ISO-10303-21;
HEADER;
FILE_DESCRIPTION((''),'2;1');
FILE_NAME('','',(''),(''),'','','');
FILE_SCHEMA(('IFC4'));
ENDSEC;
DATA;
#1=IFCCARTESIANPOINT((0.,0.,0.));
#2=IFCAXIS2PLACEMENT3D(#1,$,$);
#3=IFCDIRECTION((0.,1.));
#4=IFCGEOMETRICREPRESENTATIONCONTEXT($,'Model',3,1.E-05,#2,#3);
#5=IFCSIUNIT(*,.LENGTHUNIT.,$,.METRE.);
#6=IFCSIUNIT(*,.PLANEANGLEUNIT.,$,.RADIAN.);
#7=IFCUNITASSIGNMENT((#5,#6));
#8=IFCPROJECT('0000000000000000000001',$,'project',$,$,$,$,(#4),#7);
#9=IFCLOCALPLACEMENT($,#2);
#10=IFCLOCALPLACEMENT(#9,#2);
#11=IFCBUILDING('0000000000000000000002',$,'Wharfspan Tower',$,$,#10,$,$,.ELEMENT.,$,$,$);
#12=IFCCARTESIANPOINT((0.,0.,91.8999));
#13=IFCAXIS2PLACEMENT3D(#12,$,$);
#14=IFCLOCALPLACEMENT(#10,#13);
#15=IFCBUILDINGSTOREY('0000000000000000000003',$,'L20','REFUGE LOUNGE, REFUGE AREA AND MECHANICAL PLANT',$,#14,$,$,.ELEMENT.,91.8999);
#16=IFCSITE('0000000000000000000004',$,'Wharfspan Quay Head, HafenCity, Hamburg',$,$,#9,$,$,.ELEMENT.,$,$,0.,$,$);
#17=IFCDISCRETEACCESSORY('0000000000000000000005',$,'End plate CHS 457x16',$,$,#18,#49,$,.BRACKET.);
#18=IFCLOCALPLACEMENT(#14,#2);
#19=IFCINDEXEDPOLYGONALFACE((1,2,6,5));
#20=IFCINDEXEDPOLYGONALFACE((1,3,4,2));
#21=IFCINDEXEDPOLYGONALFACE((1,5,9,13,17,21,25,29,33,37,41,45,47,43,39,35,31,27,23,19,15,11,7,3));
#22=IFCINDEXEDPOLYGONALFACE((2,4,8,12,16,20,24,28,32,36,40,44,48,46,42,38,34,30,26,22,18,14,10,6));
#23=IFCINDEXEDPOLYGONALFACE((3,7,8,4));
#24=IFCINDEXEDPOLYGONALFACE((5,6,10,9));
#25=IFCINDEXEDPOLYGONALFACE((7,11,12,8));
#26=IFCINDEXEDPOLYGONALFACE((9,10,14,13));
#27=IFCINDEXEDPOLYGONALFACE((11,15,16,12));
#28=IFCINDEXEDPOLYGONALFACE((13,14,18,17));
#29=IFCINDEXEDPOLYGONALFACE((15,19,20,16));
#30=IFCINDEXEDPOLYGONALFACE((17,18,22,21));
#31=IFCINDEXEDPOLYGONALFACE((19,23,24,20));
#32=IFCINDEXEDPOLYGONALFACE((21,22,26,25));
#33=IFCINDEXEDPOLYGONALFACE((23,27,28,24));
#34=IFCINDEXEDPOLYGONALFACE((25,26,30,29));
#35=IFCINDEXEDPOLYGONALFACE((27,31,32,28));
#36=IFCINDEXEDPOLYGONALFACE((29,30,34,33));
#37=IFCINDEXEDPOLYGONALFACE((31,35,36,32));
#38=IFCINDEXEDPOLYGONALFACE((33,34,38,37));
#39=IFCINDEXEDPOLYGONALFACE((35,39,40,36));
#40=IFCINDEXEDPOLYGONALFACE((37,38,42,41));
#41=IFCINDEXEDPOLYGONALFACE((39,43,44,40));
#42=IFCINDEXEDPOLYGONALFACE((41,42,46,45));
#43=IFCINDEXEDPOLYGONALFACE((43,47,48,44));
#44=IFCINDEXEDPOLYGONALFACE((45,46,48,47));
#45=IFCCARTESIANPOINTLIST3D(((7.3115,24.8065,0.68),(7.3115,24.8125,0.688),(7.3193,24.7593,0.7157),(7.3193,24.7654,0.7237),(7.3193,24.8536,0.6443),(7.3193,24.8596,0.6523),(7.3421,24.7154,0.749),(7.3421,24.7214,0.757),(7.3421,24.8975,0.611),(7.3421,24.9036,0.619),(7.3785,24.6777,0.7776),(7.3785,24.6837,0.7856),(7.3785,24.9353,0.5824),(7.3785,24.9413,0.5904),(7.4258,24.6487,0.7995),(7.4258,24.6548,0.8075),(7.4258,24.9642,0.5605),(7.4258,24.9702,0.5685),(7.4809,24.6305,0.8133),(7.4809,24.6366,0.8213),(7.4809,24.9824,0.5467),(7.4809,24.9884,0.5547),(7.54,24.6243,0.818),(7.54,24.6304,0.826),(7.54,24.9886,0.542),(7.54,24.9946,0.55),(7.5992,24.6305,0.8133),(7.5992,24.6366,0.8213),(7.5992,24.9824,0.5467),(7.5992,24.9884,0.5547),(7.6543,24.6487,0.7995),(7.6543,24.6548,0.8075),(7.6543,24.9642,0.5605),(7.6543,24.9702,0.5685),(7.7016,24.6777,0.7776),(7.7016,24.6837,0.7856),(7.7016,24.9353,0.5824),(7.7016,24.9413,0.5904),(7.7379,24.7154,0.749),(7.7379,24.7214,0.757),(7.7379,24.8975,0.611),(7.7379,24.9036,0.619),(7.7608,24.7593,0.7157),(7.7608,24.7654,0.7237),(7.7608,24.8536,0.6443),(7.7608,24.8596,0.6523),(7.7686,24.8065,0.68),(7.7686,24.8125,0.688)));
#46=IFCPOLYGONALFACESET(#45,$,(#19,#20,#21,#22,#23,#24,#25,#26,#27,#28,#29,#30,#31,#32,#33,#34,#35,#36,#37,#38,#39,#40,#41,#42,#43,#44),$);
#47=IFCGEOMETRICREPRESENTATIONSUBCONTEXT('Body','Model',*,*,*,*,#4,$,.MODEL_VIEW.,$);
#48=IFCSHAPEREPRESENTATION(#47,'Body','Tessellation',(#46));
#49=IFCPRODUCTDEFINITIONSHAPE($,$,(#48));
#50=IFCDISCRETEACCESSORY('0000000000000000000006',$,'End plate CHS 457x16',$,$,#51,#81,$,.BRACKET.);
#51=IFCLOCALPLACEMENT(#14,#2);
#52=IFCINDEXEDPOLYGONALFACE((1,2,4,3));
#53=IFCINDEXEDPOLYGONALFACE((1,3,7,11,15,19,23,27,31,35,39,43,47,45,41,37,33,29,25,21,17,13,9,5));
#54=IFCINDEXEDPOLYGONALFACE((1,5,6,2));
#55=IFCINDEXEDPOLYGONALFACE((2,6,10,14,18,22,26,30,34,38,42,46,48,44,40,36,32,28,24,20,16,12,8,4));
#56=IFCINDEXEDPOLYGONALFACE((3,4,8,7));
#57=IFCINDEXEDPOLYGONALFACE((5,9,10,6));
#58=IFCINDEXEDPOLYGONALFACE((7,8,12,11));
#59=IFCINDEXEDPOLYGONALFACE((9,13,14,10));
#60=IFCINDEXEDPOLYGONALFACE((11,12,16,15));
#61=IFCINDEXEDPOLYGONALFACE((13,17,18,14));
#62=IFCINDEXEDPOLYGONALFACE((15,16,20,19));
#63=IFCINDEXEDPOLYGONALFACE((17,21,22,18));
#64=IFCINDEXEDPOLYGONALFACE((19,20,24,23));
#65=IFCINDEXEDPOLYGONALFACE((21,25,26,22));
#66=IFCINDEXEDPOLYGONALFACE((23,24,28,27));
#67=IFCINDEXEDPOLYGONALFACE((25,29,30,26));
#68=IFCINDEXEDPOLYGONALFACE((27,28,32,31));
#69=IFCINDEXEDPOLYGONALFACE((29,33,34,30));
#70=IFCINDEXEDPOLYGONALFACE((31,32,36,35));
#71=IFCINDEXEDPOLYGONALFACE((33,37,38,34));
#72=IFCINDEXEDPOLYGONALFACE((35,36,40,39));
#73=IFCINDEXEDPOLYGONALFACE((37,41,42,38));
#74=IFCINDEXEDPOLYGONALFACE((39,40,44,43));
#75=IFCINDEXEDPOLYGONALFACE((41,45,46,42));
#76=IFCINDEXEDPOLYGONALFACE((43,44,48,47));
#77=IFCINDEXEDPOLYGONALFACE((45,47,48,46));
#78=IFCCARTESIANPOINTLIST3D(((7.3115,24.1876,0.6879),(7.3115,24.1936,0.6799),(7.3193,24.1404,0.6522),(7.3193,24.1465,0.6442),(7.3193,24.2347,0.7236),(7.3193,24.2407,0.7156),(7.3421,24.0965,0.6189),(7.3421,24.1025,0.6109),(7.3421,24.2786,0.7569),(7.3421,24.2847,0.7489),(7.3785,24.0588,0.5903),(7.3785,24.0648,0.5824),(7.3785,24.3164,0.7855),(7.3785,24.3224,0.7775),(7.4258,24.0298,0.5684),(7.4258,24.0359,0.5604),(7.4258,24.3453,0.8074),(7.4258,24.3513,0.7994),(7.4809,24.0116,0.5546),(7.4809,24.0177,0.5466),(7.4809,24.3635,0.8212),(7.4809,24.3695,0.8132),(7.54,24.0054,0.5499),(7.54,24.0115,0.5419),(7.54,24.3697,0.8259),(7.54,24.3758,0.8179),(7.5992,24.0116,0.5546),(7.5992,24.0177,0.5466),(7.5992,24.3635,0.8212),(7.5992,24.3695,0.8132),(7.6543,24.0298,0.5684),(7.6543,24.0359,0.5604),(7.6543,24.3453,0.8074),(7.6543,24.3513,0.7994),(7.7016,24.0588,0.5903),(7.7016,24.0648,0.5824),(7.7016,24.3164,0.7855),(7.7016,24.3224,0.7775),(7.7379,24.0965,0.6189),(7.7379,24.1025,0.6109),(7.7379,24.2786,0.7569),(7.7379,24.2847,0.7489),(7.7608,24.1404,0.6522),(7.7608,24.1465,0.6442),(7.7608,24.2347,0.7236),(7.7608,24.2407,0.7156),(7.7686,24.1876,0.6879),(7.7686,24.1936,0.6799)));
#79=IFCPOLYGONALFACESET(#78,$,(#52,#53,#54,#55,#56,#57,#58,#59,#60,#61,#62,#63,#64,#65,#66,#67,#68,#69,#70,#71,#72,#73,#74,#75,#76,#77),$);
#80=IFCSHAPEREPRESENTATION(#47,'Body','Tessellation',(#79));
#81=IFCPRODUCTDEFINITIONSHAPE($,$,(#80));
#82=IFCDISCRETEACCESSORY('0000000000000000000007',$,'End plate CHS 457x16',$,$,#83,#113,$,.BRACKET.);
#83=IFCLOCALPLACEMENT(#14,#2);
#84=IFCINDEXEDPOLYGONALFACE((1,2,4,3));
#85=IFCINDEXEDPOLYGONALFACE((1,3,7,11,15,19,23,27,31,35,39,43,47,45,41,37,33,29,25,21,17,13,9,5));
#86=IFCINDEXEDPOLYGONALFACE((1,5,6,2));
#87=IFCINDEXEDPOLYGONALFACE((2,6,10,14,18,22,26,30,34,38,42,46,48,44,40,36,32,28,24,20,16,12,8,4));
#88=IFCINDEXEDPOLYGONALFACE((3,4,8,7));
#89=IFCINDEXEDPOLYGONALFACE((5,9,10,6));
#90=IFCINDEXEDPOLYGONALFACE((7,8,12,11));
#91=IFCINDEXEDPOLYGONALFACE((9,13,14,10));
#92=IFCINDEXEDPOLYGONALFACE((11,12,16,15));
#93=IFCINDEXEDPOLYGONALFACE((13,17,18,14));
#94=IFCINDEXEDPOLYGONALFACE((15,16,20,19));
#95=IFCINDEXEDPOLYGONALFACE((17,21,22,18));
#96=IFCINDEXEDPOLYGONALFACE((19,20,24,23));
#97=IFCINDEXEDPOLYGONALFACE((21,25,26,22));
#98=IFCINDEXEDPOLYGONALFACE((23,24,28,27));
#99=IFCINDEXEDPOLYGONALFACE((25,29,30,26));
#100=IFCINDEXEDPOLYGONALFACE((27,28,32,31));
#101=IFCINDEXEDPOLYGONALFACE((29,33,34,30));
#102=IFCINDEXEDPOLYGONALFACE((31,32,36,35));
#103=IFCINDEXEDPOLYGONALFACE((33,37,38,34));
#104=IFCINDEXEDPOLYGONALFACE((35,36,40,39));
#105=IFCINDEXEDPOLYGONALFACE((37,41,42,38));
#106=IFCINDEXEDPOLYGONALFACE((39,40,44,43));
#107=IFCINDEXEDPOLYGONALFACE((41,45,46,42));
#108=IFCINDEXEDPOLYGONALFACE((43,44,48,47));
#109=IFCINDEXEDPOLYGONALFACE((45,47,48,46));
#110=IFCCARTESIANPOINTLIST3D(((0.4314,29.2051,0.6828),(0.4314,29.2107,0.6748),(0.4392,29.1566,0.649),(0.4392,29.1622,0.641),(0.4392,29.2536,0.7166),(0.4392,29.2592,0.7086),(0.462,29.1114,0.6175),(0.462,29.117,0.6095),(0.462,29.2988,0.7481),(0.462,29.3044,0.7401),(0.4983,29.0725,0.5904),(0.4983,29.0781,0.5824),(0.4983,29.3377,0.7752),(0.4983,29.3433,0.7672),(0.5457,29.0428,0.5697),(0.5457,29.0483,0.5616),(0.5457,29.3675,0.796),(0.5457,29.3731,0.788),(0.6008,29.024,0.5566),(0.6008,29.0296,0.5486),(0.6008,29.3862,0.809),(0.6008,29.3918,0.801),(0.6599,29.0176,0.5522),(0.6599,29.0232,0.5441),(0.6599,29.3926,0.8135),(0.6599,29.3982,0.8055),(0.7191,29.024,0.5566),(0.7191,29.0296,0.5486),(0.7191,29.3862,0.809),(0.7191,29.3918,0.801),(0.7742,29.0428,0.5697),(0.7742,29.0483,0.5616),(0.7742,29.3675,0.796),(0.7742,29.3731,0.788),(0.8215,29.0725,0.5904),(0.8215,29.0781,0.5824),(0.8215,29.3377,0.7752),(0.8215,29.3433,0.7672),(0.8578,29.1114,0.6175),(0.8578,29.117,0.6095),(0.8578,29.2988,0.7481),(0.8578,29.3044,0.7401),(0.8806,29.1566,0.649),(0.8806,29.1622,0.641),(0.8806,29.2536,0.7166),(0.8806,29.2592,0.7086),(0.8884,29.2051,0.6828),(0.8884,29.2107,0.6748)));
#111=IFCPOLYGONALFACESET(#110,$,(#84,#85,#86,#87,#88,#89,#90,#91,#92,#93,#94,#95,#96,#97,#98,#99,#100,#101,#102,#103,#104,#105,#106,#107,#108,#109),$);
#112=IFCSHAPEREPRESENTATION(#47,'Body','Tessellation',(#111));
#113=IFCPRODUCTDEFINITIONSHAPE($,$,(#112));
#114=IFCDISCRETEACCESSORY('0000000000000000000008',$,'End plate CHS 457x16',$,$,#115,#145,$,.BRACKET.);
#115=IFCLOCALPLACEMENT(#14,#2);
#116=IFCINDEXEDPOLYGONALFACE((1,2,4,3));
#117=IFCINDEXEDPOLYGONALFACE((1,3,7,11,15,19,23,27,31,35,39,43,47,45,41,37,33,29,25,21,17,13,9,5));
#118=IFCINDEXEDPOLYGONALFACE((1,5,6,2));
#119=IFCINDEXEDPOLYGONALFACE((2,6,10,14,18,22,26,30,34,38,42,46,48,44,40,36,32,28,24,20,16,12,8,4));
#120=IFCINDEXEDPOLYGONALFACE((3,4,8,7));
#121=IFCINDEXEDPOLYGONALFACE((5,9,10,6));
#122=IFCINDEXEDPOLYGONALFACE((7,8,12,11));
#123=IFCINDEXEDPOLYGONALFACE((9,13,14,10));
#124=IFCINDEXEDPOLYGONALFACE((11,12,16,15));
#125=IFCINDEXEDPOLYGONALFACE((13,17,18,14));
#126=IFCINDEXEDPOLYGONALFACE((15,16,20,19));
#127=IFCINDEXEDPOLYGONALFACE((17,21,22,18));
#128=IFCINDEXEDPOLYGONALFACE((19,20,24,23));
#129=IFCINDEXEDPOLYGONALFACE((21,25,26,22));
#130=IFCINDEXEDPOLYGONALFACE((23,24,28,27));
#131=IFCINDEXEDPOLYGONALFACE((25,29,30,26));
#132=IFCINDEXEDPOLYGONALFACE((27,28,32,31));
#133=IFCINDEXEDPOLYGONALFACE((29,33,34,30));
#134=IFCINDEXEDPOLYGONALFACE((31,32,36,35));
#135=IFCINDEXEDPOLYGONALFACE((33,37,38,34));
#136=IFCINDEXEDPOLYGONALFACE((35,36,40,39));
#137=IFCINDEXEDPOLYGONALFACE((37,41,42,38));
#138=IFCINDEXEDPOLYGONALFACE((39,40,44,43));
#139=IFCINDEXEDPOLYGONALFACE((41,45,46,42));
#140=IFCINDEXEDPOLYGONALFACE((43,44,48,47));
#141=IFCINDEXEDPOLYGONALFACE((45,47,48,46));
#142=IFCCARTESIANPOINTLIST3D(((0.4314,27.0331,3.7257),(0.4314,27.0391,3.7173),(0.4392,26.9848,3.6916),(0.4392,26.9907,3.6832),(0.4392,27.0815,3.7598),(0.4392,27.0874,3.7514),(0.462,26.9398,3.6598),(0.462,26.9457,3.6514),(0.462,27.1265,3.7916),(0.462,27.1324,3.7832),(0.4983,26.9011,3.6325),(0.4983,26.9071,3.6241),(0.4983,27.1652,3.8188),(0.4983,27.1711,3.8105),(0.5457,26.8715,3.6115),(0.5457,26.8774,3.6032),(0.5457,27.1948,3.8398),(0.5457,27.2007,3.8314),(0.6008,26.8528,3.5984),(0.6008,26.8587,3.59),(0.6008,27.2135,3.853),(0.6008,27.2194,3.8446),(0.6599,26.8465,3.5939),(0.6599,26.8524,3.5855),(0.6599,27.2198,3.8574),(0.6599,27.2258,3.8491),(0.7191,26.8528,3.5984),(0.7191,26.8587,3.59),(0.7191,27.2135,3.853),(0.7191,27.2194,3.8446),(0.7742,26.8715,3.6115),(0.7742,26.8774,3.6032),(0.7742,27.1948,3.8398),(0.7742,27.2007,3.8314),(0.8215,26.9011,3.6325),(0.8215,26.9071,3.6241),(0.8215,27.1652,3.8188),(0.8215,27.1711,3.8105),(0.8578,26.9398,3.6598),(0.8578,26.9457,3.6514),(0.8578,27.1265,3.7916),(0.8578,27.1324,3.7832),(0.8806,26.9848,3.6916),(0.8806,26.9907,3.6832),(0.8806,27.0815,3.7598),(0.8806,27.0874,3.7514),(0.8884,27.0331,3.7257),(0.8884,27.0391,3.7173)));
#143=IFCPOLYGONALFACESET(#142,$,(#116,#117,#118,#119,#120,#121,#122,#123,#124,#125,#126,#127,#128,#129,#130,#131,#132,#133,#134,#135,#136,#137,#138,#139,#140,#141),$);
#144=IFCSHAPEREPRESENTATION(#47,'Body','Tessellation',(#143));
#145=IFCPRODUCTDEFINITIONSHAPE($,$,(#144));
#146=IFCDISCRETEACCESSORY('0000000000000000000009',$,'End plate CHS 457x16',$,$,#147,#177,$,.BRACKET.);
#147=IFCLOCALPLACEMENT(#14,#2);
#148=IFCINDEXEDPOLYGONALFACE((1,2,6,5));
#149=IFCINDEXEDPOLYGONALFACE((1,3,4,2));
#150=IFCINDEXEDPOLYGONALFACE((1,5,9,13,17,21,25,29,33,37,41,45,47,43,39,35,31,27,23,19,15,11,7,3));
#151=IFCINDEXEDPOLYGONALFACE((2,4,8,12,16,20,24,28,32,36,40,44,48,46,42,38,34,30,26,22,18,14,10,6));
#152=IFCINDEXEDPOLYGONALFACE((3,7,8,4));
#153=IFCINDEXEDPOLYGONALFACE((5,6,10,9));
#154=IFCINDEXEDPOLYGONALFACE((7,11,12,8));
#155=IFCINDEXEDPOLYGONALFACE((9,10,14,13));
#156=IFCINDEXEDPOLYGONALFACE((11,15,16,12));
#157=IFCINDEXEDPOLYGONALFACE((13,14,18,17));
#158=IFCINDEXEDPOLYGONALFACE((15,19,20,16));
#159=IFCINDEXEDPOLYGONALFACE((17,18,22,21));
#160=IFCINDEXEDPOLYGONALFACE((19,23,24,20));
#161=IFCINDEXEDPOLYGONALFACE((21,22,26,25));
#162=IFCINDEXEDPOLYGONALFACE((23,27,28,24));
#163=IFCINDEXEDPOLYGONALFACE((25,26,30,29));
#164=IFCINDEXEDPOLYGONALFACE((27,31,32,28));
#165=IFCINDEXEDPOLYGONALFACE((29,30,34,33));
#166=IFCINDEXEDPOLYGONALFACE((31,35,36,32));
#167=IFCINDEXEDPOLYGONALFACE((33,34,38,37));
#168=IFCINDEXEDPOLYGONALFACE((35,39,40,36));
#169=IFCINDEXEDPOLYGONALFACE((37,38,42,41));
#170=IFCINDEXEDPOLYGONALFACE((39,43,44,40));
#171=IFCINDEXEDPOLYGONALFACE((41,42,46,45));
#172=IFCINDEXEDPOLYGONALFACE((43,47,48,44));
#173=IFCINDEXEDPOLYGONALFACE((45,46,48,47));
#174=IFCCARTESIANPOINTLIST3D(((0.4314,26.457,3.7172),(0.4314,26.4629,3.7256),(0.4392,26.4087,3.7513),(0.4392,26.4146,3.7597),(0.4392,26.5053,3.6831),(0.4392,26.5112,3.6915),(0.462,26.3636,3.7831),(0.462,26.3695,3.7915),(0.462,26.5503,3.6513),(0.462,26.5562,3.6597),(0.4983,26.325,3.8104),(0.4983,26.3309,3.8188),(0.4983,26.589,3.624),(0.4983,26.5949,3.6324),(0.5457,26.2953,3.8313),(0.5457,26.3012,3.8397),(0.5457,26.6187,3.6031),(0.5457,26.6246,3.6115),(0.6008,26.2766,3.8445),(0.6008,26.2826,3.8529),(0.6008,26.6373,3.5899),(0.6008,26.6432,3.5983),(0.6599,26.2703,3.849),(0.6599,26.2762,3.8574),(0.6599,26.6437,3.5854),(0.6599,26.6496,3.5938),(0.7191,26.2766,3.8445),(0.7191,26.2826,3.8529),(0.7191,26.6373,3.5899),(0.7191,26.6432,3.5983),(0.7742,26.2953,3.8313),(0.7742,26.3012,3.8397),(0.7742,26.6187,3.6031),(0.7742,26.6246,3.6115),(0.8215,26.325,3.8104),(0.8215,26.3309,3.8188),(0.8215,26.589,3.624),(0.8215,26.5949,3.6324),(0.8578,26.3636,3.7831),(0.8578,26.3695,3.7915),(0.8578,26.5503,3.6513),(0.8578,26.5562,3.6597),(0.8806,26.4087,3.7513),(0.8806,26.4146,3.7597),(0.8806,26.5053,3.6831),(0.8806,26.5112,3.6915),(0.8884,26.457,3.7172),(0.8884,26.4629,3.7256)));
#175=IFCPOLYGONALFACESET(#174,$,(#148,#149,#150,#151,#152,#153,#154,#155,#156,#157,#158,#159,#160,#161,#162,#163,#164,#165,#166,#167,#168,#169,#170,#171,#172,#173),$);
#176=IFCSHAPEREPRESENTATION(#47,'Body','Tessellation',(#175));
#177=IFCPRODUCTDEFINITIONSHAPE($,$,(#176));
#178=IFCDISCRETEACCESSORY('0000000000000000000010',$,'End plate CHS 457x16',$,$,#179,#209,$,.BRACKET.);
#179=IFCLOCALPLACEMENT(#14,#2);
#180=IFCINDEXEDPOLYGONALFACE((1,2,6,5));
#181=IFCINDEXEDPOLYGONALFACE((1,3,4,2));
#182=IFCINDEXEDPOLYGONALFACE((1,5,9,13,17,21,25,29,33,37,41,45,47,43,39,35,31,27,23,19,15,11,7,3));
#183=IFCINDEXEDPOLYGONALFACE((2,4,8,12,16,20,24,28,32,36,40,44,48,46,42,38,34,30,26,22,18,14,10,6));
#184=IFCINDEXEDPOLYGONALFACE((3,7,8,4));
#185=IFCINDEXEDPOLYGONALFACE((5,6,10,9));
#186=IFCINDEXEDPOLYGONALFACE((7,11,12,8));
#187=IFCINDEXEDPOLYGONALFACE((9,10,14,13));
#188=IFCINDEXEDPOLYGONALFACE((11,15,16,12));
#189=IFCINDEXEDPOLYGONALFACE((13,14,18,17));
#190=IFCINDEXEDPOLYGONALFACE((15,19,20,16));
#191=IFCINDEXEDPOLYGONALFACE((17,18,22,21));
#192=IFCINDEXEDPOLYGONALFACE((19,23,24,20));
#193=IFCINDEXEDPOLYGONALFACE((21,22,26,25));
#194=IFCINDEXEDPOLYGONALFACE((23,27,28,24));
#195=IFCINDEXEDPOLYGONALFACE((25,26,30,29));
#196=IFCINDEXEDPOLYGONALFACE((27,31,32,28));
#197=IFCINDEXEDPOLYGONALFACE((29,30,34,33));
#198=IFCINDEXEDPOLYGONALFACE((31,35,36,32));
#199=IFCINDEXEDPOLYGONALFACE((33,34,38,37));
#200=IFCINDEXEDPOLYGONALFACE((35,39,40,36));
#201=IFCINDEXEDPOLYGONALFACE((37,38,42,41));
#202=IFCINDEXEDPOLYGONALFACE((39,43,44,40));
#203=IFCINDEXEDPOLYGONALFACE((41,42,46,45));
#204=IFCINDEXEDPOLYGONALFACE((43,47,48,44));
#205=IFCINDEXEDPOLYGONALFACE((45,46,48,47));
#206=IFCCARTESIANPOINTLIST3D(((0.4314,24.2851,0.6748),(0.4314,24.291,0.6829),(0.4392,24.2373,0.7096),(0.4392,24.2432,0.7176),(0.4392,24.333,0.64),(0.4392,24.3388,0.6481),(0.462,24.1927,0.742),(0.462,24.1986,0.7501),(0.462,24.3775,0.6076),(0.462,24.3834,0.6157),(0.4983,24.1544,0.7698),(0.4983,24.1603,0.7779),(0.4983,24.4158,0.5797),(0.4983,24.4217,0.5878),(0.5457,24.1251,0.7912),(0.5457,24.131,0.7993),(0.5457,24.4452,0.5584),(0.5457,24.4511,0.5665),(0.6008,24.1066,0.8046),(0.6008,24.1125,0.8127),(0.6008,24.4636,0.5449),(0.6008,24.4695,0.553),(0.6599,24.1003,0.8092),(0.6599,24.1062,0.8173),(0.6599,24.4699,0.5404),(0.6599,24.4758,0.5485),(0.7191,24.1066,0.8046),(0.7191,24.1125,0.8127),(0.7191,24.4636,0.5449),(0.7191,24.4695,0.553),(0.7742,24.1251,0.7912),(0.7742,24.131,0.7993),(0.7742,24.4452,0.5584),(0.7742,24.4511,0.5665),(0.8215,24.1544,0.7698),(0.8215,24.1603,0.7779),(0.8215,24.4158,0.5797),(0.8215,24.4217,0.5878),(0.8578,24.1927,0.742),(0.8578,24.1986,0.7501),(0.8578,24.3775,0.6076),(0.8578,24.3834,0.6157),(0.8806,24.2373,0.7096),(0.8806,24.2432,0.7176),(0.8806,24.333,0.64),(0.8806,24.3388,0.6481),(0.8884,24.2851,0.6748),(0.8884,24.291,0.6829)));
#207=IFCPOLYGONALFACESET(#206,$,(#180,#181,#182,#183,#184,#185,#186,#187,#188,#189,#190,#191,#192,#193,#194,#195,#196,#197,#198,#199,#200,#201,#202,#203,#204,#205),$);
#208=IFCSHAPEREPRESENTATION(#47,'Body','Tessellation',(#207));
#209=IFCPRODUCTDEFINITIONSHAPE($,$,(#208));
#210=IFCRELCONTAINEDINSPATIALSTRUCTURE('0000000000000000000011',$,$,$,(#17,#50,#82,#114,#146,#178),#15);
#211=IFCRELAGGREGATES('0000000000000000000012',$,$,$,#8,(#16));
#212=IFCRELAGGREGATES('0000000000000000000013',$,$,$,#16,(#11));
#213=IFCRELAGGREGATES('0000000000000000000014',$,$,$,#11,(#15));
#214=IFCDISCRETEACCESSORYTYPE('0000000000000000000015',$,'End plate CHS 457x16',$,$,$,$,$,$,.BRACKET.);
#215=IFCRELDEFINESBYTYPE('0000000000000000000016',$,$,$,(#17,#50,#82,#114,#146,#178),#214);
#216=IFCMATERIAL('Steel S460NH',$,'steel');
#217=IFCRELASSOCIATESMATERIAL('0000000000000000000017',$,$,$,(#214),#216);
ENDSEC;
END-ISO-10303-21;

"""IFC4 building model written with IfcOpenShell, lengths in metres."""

from ifc_helpers import new_model, si_unit, direction, frame, origin, origin_2d, place, context, subcontext, project, spatial, circle, extrude, material, material_profile, profile_set, type_object, element, save


model = new_model("IFC4")

# Units and contexts
model_context = context("Model", 3, precision=1e-05, world=origin(), true_north=direction((0.0, 1.0)))
body_context = subcontext(model_context, "Body", "Model", "MODEL_VIEW")
ifc_project = project(units=[si_unit("LENGTHUNIT", "METRE"), si_unit("PLANEANGLEUNIT", "RADIAN")], contexts=[model_context])

# Site, building, storey
site_placement = place(None, origin())
site = spatial("IfcSite", under=ifc_project, at=site_placement, Name="Wharfspan Quay Head, HafenCity, Hamburg", CompositionType="ELEMENT", RefElevation=0.0)
building_placement = place(site_placement, origin())
building = spatial("IfcBuilding", under=site, at=building_placement, Name="Wharfspan Tower", CompositionType="ELEMENT")
storey_placement = place(building_placement, frame((0.0, 0.0, 91.8999)))
storey = spatial("IfcBuildingStorey", under=building, at=storey_placement, Name="L20", Description="REFUGE LOUNGE, REFUGE AREA AND MECHANICAL PLANT", CompositionType="ELEMENT", Elevation=91.8999)

# Shared definitions
ifc_material_1 = material(Name="Steel S460NH", Category="steel")

# Discrete accessories
ifc_material_profile_1 = material_profile(ifc_material_1, circle(Radius=0.2285, at=origin_2d()))
ifc_profile_set_1 = profile_set([ifc_material_profile_1], Name="Steel S460NH")
discrete_accessory_type_1 = type_object("IfcDiscreteAccessoryType", Name="End plate CHS 457x16", PredefinedType="BRACKET", material=ifc_profile_set_1)
for number, where, z_axis, x_axis, name in (
    (1, (7.54, 24.8125, 0.688), (0.0, -0.603858, -0.797092), (1.0, 0.0, 0.0), "End plate CHS 457x16"),
    (2, (7.54, 24.1936, 0.6799), (0.0, -0.603858, 0.797092), (1.0, 0.0, 0.0), "End plate CHS 457x16"),
):
    element("IfcDiscreteAccessory", number, at=place(storey_placement, frame(where, z_axis=z_axis, x_axis=x_axis)), inside=storey, type_object=discrete_accessory_type_1, Name=name, PredefinedType="BRACKET", context=body_context, shape_type="SweptSolid", body=[
        extrude(circle(Radius=0.2285, at=origin_2d()), origin(), (0.0, 0.0, 1.0), 0.01),
    ])
discrete_accessory_placement = place(storey_placement, frame((0.6599, 29.2107, 0.6748), z_axis=(0.0, -0.571793, 0.820398), x_axis=(1.0, 0.0, 0.0)))
element("IfcDiscreteAccessory", 3, at=discrete_accessory_placement, inside=storey, type_object=discrete_accessory_type_1, Name="End plate CHS 457x16", PredefinedType="BRACKET", context=body_context, shape_type="SweptSolid", body=[
    extrude(circle(Radius=0.2285, at=origin_2d()), origin(), (0.0, 0.0, 1.0), 0.0098),
])
for number, where, z_axis, x_axis, name in (
    (4, (0.6599, 27.0391, 3.7173), (0.0, -0.576683, 0.816968), (1.0, 0.0, 0.0), "End plate CHS 457x16"),
    (5, (0.6599, 26.4629, 3.7256), (0.0, -0.576683, -0.816968), (1.0, 0.0, 0.0), "End plate CHS 457x16"),
):
    element("IfcDiscreteAccessory", number, at=place(storey_placement, frame(where, z_axis=z_axis, x_axis=x_axis)), inside=storey, type_object=discrete_accessory_type_1, Name=name, PredefinedType="BRACKET", context=body_context, shape_type="SweptSolid", body=[
        extrude(circle(Radius=0.2285, at=origin_2d()), origin(), (0.0, 0.0, 1.0), 0.0103),
    ])
for number, where, z_axis, x_axis, name in (
    (6, (0.6599, 24.291, 0.6829), (0.0, -0.588172, -0.808736), (1.0, 0.0, 0.0), "End plate CHS 457x16"),
):
    element("IfcDiscreteAccessory", number, at=place(storey_placement, frame(where, z_axis=z_axis, x_axis=x_axis)), inside=storey, type_object=discrete_accessory_type_1, Name=name, PredefinedType="BRACKET", context=body_context, shape_type="SweptSolid", body=[
        extrude(circle(Radius=0.2285, at=origin_2d()), origin(), (0.0, 0.0, 1.0), 0.01),
    ])

save(model, "model.ifc")
